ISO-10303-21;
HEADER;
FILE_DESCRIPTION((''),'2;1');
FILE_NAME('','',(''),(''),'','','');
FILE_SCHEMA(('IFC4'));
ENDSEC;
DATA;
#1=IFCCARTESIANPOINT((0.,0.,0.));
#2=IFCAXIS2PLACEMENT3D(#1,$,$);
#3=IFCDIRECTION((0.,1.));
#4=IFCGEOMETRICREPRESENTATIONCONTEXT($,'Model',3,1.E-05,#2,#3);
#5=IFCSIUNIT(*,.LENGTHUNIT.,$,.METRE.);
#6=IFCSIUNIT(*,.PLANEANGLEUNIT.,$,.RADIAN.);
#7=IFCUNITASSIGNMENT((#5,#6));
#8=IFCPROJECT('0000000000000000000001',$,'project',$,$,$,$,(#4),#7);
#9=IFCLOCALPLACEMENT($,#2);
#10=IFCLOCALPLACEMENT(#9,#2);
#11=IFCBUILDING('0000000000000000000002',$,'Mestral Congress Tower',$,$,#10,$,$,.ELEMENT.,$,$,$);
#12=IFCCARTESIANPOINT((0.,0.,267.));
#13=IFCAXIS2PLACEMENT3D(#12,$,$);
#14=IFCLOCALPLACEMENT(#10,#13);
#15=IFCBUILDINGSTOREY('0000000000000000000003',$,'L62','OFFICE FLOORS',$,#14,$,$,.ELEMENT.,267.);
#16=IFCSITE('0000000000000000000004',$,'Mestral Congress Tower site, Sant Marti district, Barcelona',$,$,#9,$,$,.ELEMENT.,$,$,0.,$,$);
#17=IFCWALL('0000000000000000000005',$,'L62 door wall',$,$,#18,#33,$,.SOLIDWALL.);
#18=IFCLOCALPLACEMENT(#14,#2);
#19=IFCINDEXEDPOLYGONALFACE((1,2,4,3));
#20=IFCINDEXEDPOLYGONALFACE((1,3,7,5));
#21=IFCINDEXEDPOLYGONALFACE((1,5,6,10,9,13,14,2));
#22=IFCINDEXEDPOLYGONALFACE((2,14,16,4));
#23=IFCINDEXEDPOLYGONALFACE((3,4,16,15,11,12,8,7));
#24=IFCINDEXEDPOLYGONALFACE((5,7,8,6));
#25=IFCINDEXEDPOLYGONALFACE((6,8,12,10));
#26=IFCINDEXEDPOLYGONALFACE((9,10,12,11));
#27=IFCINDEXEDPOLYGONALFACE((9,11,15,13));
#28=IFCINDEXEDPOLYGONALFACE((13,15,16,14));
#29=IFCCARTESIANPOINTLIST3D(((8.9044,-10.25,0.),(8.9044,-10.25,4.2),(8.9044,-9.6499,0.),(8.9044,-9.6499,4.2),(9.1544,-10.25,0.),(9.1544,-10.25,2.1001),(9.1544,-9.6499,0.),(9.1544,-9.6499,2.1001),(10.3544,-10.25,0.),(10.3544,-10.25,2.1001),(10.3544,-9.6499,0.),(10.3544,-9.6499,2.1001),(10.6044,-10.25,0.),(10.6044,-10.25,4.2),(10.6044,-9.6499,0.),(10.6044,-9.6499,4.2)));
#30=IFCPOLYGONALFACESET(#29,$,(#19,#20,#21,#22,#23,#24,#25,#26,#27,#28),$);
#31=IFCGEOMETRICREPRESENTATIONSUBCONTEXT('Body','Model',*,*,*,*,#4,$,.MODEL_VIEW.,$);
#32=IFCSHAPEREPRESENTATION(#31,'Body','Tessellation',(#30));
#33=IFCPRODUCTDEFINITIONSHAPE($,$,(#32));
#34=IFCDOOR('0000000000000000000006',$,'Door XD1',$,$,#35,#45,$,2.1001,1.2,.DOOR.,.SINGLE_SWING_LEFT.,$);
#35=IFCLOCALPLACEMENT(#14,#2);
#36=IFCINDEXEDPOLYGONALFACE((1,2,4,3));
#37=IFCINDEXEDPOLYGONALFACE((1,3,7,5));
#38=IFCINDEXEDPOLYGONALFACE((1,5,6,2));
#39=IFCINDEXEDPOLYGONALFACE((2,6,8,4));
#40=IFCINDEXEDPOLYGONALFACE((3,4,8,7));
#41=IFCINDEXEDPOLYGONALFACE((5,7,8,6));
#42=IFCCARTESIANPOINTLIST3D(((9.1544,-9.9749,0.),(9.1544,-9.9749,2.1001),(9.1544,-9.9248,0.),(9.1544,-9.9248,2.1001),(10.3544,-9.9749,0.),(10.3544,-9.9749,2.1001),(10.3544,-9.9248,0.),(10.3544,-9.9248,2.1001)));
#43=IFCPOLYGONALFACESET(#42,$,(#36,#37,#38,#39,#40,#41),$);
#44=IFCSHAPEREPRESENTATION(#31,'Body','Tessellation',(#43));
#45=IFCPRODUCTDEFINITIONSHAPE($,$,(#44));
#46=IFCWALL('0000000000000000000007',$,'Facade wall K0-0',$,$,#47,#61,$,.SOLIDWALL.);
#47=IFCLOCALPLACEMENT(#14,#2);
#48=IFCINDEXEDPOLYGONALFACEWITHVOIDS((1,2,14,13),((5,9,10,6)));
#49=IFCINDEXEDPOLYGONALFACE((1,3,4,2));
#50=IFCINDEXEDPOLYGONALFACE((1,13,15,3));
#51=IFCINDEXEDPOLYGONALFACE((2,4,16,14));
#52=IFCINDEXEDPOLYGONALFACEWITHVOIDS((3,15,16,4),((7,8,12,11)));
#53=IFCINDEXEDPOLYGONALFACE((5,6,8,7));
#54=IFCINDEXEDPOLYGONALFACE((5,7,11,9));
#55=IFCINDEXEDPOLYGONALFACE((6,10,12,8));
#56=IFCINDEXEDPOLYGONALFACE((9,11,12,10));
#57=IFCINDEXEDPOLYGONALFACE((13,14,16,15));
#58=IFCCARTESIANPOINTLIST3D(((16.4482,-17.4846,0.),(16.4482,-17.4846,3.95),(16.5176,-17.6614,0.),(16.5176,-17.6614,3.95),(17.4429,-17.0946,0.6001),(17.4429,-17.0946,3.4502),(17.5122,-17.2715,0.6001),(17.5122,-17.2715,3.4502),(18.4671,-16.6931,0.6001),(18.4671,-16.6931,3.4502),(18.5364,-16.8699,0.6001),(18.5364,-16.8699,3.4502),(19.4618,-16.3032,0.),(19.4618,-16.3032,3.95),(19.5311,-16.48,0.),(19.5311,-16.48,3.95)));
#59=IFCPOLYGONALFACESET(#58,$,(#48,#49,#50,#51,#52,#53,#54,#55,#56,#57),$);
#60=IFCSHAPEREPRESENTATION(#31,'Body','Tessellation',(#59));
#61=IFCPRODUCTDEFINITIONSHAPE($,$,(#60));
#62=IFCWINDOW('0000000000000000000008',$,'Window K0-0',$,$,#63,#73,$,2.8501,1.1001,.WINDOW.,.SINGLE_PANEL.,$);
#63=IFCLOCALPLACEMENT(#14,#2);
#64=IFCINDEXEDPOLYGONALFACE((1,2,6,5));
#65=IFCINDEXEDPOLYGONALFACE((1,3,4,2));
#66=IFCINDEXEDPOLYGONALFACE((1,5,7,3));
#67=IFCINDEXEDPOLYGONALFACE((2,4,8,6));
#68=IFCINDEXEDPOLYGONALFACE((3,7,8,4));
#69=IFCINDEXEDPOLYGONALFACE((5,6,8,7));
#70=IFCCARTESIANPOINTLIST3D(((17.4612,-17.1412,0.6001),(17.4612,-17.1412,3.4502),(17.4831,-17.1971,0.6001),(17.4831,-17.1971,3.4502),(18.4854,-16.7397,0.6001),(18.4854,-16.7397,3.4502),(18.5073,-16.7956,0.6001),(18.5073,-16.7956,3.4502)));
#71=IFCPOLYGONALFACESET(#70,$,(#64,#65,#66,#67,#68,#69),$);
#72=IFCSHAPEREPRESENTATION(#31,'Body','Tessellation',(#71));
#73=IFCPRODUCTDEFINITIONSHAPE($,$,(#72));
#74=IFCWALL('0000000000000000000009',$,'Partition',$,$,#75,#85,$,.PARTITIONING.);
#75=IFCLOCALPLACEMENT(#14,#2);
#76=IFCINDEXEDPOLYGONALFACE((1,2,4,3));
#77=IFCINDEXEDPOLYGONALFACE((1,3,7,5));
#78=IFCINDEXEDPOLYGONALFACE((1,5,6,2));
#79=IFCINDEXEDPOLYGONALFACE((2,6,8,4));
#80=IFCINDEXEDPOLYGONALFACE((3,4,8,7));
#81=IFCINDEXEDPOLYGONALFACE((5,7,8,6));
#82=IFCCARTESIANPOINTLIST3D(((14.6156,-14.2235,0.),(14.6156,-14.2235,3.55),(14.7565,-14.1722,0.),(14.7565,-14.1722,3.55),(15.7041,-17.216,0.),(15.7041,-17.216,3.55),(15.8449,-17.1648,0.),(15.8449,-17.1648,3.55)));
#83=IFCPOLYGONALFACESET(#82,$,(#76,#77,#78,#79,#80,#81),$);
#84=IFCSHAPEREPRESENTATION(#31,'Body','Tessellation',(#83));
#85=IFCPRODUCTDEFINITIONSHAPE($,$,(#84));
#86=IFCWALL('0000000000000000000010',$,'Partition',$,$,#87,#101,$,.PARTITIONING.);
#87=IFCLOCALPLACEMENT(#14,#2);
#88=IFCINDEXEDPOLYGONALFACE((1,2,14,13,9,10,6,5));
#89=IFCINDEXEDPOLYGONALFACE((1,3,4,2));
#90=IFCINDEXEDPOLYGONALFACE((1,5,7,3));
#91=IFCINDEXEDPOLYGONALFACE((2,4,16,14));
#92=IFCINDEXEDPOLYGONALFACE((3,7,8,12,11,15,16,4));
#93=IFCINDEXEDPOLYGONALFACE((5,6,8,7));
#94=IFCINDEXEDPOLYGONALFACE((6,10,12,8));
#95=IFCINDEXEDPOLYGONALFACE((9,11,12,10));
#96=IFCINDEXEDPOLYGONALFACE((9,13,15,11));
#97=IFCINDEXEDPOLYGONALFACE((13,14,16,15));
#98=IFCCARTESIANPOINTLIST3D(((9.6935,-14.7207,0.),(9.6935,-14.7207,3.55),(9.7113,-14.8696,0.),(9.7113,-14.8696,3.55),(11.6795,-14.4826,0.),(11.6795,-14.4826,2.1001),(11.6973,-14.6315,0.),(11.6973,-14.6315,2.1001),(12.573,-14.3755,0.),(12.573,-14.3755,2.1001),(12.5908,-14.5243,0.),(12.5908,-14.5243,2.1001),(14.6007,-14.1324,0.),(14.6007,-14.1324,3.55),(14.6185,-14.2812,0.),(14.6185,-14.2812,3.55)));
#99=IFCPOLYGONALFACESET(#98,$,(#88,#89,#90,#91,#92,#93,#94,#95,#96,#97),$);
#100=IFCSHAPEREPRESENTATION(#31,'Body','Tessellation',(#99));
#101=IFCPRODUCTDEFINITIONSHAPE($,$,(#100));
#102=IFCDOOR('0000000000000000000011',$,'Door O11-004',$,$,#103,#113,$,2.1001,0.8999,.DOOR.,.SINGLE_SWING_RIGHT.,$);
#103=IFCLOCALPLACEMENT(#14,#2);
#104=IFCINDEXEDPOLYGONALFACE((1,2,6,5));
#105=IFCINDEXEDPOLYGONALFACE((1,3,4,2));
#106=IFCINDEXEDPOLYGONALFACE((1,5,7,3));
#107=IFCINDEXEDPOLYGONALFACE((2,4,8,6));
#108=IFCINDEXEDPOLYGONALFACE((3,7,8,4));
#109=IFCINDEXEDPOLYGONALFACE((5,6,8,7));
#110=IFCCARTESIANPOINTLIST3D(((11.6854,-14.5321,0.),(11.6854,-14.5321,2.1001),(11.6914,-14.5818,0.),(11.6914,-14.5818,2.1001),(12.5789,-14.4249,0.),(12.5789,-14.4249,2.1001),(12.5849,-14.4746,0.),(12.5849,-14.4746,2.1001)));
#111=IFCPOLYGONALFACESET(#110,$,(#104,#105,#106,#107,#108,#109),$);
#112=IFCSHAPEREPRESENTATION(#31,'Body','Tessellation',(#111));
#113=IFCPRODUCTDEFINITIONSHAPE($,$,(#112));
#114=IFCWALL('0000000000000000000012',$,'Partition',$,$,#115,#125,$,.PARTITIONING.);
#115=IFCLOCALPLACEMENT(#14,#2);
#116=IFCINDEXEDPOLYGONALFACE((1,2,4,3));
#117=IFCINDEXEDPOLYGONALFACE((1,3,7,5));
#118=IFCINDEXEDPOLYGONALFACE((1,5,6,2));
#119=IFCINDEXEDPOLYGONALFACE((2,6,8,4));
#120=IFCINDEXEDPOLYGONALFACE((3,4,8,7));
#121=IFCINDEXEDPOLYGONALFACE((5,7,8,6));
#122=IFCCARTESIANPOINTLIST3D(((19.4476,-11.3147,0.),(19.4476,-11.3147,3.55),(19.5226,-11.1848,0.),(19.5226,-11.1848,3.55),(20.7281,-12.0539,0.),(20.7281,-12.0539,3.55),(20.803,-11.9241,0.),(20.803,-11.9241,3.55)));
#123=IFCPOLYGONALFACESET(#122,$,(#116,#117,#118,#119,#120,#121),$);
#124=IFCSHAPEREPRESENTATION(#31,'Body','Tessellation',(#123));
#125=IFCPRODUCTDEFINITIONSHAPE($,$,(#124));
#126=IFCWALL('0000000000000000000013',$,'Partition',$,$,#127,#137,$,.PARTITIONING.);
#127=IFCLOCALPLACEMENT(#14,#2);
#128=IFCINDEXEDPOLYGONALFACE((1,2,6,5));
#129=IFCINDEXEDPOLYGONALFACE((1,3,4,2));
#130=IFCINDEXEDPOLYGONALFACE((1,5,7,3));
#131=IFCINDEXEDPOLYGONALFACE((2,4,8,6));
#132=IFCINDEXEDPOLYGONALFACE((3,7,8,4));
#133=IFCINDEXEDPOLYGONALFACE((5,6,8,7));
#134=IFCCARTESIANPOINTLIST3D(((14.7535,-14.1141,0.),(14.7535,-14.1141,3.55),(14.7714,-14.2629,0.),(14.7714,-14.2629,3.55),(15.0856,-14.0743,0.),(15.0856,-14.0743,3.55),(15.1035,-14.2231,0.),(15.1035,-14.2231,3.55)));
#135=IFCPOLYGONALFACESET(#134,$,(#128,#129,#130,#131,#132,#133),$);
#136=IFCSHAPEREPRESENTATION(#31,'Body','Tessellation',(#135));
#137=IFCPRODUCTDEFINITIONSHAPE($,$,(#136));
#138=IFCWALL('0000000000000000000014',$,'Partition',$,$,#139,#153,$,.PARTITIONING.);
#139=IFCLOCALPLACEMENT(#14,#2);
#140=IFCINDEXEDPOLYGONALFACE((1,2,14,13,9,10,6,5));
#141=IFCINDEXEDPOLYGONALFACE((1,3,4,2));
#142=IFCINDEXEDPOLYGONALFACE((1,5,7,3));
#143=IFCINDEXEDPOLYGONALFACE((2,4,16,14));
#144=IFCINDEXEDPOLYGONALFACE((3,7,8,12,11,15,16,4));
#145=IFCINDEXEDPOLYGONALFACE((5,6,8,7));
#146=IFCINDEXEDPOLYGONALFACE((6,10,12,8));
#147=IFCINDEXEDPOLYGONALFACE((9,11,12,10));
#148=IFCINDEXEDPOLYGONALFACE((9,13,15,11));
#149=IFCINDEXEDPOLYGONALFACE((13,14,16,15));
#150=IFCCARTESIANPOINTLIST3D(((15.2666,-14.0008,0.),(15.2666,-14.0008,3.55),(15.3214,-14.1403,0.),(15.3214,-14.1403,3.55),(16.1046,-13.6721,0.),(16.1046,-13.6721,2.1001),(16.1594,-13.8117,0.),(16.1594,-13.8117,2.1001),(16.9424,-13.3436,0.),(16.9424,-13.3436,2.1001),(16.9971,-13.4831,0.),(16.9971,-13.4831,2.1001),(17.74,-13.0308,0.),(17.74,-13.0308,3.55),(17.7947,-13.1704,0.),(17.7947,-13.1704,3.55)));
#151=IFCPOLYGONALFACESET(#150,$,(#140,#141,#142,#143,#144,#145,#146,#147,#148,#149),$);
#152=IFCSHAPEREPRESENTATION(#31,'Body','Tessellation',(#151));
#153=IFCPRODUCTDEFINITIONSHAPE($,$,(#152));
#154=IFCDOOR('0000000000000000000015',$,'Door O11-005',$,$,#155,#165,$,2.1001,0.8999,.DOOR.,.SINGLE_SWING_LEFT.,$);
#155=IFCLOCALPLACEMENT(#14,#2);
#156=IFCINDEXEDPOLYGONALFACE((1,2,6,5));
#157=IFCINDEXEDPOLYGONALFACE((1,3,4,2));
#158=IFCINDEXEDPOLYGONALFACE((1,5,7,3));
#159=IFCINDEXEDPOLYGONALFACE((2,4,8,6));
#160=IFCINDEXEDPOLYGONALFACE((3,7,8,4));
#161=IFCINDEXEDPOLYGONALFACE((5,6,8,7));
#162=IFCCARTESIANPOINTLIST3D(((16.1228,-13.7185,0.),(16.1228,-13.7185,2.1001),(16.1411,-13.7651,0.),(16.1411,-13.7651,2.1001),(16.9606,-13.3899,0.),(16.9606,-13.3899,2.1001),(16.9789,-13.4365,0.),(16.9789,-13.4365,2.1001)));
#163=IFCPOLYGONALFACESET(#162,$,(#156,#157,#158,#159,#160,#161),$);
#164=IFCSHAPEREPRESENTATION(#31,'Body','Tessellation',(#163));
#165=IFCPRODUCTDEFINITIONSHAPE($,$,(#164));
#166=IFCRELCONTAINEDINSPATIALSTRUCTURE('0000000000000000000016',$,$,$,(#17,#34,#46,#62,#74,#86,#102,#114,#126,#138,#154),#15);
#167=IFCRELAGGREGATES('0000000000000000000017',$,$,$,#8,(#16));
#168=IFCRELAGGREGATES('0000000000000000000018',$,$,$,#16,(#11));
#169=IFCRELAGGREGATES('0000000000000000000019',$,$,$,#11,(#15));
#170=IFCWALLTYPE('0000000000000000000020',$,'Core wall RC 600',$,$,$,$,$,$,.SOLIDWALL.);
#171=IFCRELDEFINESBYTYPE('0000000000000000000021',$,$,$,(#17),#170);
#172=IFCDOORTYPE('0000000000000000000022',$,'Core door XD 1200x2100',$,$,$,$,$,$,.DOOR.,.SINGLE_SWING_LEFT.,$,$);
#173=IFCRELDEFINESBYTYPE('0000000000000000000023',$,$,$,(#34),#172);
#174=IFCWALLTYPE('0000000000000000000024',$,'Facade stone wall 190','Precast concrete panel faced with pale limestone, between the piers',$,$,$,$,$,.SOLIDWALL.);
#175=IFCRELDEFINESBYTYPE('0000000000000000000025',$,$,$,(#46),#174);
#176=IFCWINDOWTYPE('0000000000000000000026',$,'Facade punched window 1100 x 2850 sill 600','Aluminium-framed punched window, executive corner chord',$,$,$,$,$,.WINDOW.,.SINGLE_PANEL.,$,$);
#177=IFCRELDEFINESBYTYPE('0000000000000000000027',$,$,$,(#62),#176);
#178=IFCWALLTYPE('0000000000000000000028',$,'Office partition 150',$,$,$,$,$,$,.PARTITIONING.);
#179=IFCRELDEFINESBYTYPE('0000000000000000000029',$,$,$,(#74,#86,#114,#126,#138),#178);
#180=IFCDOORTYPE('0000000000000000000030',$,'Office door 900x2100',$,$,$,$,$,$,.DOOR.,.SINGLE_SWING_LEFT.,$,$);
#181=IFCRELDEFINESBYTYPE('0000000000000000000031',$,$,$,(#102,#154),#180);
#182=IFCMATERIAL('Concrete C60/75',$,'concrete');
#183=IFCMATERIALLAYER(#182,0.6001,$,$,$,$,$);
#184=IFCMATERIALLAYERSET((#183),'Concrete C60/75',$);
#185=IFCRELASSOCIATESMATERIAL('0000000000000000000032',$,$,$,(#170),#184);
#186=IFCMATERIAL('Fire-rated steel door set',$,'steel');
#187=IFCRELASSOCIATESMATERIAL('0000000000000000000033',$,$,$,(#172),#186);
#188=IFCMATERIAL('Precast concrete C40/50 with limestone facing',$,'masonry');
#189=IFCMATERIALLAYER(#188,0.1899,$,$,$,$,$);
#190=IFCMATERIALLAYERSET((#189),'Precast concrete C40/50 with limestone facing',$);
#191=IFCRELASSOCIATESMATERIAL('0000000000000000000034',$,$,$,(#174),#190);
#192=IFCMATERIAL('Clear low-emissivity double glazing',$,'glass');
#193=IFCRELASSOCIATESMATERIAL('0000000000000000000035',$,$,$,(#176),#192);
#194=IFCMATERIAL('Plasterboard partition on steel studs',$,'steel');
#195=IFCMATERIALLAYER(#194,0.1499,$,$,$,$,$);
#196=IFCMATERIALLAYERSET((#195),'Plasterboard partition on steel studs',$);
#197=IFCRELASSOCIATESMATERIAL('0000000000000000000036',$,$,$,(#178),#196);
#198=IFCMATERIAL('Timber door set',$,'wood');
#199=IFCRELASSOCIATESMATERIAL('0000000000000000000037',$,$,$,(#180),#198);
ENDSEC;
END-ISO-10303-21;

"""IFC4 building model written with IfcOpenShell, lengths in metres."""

from ifc_helpers import new_model, si_unit, direction, frame, frame_2d, origin, place, context, subcontext, project, spatial, rectangle, extrude, material, layer, layer_set, type_object, element, fill, save


model = new_model("IFC4")

# Units and contexts
model_context = context("Model", 3, precision=1e-05, world=origin(), true_north=direction((0.0, 1.0)))
body_context = subcontext(model_context, "Body", "Model", "MODEL_VIEW")
ifc_project = project(units=[si_unit("LENGTHUNIT", "METRE"), si_unit("PLANEANGLEUNIT", "RADIAN")], contexts=[model_context])

# Site, building, storey
site_placement = place(None, origin())
site = spatial("IfcSite", under=ifc_project, at=site_placement, Name="Mestral Congress Tower site, Sant Marti district, Barcelona", CompositionType="ELEMENT", RefElevation=0.0)
building_placement = place(site_placement, origin())
building = spatial("IfcBuilding", under=site, at=building_placement, Name="Mestral Congress Tower", CompositionType="ELEMENT")
storey_placement = place(building_placement, frame((0.0, 0.0, 267.0)))
storey = spatial("IfcBuildingStorey", under=building, at=storey_placement, Name="L62", Description="OFFICE FLOORS", CompositionType="ELEMENT", Elevation=267.0)

# Shared definitions
ifc_material_1 = material(Name="Concrete C60/75", Category="concrete")

# Shared definitions
ifc_layer_1 = layer(ifc_material_1, 0.6001)
ifc_layer_set_1 = layer_set([ifc_layer_1], Name="Concrete C60/75")
wall_type_1 = type_object("IfcWallType", Name="Core wall RC 600", PredefinedType="SOLIDWALL", material=ifc_layer_set_1)

# Wall, opening, door
wall_1_placement = place(storey_placement, frame((10.6045, -9.95, 0.0), z_axis=(0.0, 0.0, 1.0), x_axis=(-1.0, 0.0, 0.0)))
wall_1 = element("IfcWall", 1, at=wall_1_placement, inside=storey, type_object=wall_type_1, Name="L62 door wall", PredefinedType="SOLIDWALL", context=body_context, shape_type="SweptSolid", body=[
    extrude(rectangle(XDim=1.7, YDim=0.6001, at=frame_2d((0.8501, 0.0))), origin(), (0.0, 0.0, 1.0), 4.2),
])
opening_1_placement = place(wall_1_placement, frame((0.25, 0.0, 0.0)))
opening_1 = element("IfcOpeningElement", 2, at=opening_1_placement, cuts=wall_1, PredefinedType="OPENING", context=body_context, shape_type="SweptSolid", body=[
    extrude(rectangle(XDim=1.2, YDim=2.1001, at=frame_2d((0.6001, 1.05))), frame((0.0, 0.3101, 0.0), z_axis=(0.0, -1.0, 0.0), x_axis=(1.0, 0.0, 0.0)), (0.0, 0.0, 1.0), 0.6201),
])
ifc_material_2 = material(Name="Fire-rated steel door set", Category="steel")
door_type_1 = type_object("IfcDoorType", Name="Core door XD 1200x2100", OperationType="SINGLE_SWING_LEFT", PredefinedType="DOOR", material=ifc_material_2)
door_1_placement = place(opening_1_placement, origin())
door_1 = element("IfcDoor", 3, at=door_1_placement, inside=storey, type_object=door_type_1, Name="Door XD1", OperationType="SINGLE_SWING_LEFT", OverallHeight=2.1001, OverallWidth=1.2, PredefinedType="DOOR", context=body_context, shape_type="SweptSolid", body=[
    extrude(rectangle(XDim=1.2, YDim=2.1001, at=frame_2d((0.6001, 1.05))), frame((0.0, 0.0249, 0.0), z_axis=(0.0, -1.0, 0.0), x_axis=(1.0, 0.0, 0.0)), (0.0, 0.0, 1.0), 0.05),
])
fill(opening_1, door_1)

# Wall, opening, window
ifc_material_3 = material(Name="Precast concrete C40/50 with limestone facing", Category="masonry")
ifc_layer_2 = layer(ifc_material_3, 0.1899)
ifc_layer_set_2 = layer_set([ifc_layer_2], Name="Precast concrete C40/50 with limestone facing")
wall_type_2 = type_object("IfcWallType", Name="Facade stone wall 190", Description="Precast concrete panel faced with pale limestone, between the piers", PredefinedType="SOLIDWALL", material=ifc_layer_set_2)
wall_2_placement = place(storey_placement, frame((16.4829, -17.573, 0.0), z_axis=(0.0, 0.0, 1.0), x_axis=(0.931009, 0.364997, 0.0)))
wall_2 = element("IfcWall", 4, at=wall_2_placement, inside=storey, type_object=wall_type_2, Name="Facade wall K0-0", PredefinedType="SOLIDWALL", context=body_context, shape_type="SweptSolid", body=[
    extrude(rectangle(XDim=3.2368, YDim=0.1899, at=frame_2d((1.6184, 0.0))), origin(), (0.0, 0.0, 1.0), 3.95),
])
opening_2_placement = place(wall_2_placement, frame((1.0684, 0.0, 0.6001)))
opening_2 = element("IfcOpeningElement", 5, at=opening_2_placement, cuts=wall_2, PredefinedType="OPENING", context=body_context, shape_type="SweptSolid", body=[
    extrude(rectangle(XDim=1.1001, YDim=2.8501, at=frame_2d((0.55, 1.425))), frame((0.0, 0.105, 0.0), z_axis=(0.0, -1.0, 0.0), x_axis=(1.0, 0.0, 0.0)), (0.0, 0.0, 1.0), 0.21),
])
ifc_material_4 = material(Name="Clear low-emissivity double glazing", Category="glass")
window_type = type_object("IfcWindowType", Name="Facade punched window 1100 x 2850 sill 600", Description="Aluminium-framed punched window, executive corner chord", PartitioningType="SINGLE_PANEL", PredefinedType="WINDOW", material=ifc_material_4)
window_placement = place(opening_2_placement, origin())
window = element("IfcWindow", 6, at=window_placement, inside=storey, type_object=window_type, Name="Window K0-0", OverallHeight=2.8501, OverallWidth=1.1001, PartitioningType="SINGLE_PANEL", PredefinedType="WINDOW", context=body_context, shape_type="SweptSolid", body=[
    extrude(rectangle(XDim=1.1001, YDim=2.8501, at=frame_2d((0.55, 1.425))), frame((0.0, 0.0449, 0.0), z_axis=(0.0, -1.0, 0.0), x_axis=(1.0, 0.0, 0.0)), (0.0, 0.0, 1.0), 0.0601),
])
fill(opening_2, window)

# Wall
ifc_material_5 = material(Name="Plasterboard partition on steel studs", Category="steel")
ifc_layer_3 = layer(ifc_material_5, 0.1499)
ifc_layer_set_3 = layer_set([ifc_layer_3], Name="Plasterboard partition on steel studs")
wall_type_3 = type_object("IfcWallType", Name="Office partition 150", PredefinedType="PARTITIONING", material=ifc_layer_set_3)
wall_3_placement = place(storey_placement, frame((14.686, -14.1978, 0.0), z_axis=(0.0, 0.0, 1.0), x_axis=(0.341805, -0.939771, 0.0)))
element("IfcWall", 7, at=wall_3_placement, inside=storey, type_object=wall_type_3, Name="Partition", PredefinedType="PARTITIONING", context=body_context, shape_type="SweptSolid", body=[
    extrude(rectangle(XDim=3.1843, YDim=0.1499, at=frame_2d((1.5923, 0.0))), origin(), (0.0, 0.0, 1.0), 3.55),
])

# Wall, opening, door
wall_4_placement = place(storey_placement, frame((14.6096, -14.2068, 0.0), z_axis=(0.0, 0.0, 1.0), x_axis=(-0.992889, -0.119048, 0.0)))
wall_4 = element("IfcWall", 8, at=wall_4_placement, inside=storey, type_object=wall_type_3, Name="Partition", PredefinedType="PARTITIONING", context=body_context, shape_type="SweptSolid", body=[
    extrude(rectangle(XDim=4.9424, YDim=0.1499, at=frame_2d((2.4712, 0.0))), origin(), (0.0, 0.0, 1.0), 3.55),
])
opening_3_placement = place(wall_4_placement, frame((2.0422, 0.0, 0.0)))
opening_3 = element("IfcOpeningElement", 9, at=opening_3_placement, cuts=wall_4, PredefinedType="OPENING", context=body_context, shape_type="SweptSolid", body=[
    extrude(rectangle(XDim=0.8999, YDim=2.1001, at=frame_2d((0.45, 1.05))), frame((0.0, 0.085, 0.0), z_axis=(0.0, -1.0, 0.0), x_axis=(1.0, 0.0, 0.0)), (0.0, 0.0, 1.0), 0.1699),
])
ifc_material_6 = material(Name="Timber door set", Category="wood")
door_type_2 = type_object("IfcDoorType", Name="Office door 900x2100", OperationType="SINGLE_SWING_LEFT", PredefinedType="DOOR", material=ifc_material_6)
door_2_placement = place(opening_3_placement, origin())
door_2 = element("IfcDoor", 10, at=door_2_placement, inside=storey, type_object=door_type_2, Name="Door O11-004", OperationType="SINGLE_SWING_RIGHT", OverallHeight=2.1001, OverallWidth=0.8999, PredefinedType="DOOR", context=body_context, shape_type="SweptSolid", body=[
    extrude(rectangle(XDim=0.8999, YDim=2.1001, at=frame_2d((0.45, 1.05))), frame((0.0, 0.0249, 0.0), z_axis=(0.0, -1.0, 0.0), x_axis=(1.0, 0.0, 0.0)), (0.0, 0.0, 1.0), 0.05),
])
fill(opening_3, door_2)

# Walls
wall_5_placement = place(storey_placement, frame((19.4851, -11.2498, 0.0), z_axis=(0.0, 0.0, 1.0), x_axis=(0.86604, -0.499975, 0.0)))
element("IfcWall", 11, at=wall_5_placement, inside=storey, type_object=wall_type_3, Name="Partition", PredefinedType="PARTITIONING", context=body_context, shape_type="SweptSolid", body=[
    extrude(rectangle(XDim=1.4785, YDim=0.1499, at=frame_2d((0.7393, 0.0))), origin(), (0.0, 0.0, 1.0), 3.55),
])
wall_6_placement = place(storey_placement, frame((14.7625, -14.1885, 0.0), z_axis=(0.0, 0.0, 1.0), x_axis=(0.992894, 0.119001, 0.0)))
element("IfcWall", 12, at=wall_6_placement, inside=storey, type_object=wall_type_3, Name="Partition", PredefinedType="PARTITIONING", context=body_context, shape_type="SweptSolid", body=[
    extrude(rectangle(XDim=0.3345, YDim=0.1499, at=frame_2d((0.1672, 0.0))), origin(), (0.0, 0.0, 1.0), 3.55),
])

# Wall, opening, door
wall_7_placement = place(storey_placement, frame((17.7673, -13.1006, 0.0), z_axis=(0.0, 0.0, 1.0), x_axis=(-0.930971, -0.365092, 0.0)))
wall_7 = element("IfcWall", 13, at=wall_7_placement, inside=storey, type_object=wall_type_3, Name="Partition", PredefinedType="PARTITIONING", context=body_context, shape_type="SweptSolid", body=[
    extrude(rectangle(XDim=2.6567, YDim=0.1499, at=frame_2d((1.3284, 0.0))), origin(), (0.0, 0.0, 1.0), 3.55),
])
opening_4_placement = place(wall_7_placement, frame((0.8567, 0.0, 0.0)))
opening_4 = element("IfcOpeningElement", 14, at=opening_4_placement, cuts=wall_7, PredefinedType="OPENING", context=body_context, shape_type="SweptSolid", body=[
    extrude(rectangle(XDim=0.8999, YDim=2.1001, at=frame_2d((0.45, 1.05))), frame((0.0, 0.085, 0.0), z_axis=(0.0, -1.0, 0.0), x_axis=(1.0, 0.0, 0.0)), (0.0, 0.0, 1.0), 0.1699),
])
door_3_placement = place(opening_4_placement, origin())
door_3 = element("IfcDoor", 15, at=door_3_placement, inside=storey, type_object=door_type_2, Name="Door O11-005", OperationType="SINGLE_SWING_LEFT", OverallHeight=2.1001, OverallWidth=0.8999, PredefinedType="DOOR", context=body_context, shape_type="SweptSolid", body=[
    extrude(rectangle(XDim=0.8999, YDim=2.1001, at=frame_2d((0.45, 1.05))), frame((0.0, 0.0249, 0.0), z_axis=(0.0, -1.0, 0.0), x_axis=(1.0, 0.0, 0.0)), (0.0, 0.0, 1.0), 0.05),
])
fill(opening_4, door_3)

save(model, "model.ifc")
